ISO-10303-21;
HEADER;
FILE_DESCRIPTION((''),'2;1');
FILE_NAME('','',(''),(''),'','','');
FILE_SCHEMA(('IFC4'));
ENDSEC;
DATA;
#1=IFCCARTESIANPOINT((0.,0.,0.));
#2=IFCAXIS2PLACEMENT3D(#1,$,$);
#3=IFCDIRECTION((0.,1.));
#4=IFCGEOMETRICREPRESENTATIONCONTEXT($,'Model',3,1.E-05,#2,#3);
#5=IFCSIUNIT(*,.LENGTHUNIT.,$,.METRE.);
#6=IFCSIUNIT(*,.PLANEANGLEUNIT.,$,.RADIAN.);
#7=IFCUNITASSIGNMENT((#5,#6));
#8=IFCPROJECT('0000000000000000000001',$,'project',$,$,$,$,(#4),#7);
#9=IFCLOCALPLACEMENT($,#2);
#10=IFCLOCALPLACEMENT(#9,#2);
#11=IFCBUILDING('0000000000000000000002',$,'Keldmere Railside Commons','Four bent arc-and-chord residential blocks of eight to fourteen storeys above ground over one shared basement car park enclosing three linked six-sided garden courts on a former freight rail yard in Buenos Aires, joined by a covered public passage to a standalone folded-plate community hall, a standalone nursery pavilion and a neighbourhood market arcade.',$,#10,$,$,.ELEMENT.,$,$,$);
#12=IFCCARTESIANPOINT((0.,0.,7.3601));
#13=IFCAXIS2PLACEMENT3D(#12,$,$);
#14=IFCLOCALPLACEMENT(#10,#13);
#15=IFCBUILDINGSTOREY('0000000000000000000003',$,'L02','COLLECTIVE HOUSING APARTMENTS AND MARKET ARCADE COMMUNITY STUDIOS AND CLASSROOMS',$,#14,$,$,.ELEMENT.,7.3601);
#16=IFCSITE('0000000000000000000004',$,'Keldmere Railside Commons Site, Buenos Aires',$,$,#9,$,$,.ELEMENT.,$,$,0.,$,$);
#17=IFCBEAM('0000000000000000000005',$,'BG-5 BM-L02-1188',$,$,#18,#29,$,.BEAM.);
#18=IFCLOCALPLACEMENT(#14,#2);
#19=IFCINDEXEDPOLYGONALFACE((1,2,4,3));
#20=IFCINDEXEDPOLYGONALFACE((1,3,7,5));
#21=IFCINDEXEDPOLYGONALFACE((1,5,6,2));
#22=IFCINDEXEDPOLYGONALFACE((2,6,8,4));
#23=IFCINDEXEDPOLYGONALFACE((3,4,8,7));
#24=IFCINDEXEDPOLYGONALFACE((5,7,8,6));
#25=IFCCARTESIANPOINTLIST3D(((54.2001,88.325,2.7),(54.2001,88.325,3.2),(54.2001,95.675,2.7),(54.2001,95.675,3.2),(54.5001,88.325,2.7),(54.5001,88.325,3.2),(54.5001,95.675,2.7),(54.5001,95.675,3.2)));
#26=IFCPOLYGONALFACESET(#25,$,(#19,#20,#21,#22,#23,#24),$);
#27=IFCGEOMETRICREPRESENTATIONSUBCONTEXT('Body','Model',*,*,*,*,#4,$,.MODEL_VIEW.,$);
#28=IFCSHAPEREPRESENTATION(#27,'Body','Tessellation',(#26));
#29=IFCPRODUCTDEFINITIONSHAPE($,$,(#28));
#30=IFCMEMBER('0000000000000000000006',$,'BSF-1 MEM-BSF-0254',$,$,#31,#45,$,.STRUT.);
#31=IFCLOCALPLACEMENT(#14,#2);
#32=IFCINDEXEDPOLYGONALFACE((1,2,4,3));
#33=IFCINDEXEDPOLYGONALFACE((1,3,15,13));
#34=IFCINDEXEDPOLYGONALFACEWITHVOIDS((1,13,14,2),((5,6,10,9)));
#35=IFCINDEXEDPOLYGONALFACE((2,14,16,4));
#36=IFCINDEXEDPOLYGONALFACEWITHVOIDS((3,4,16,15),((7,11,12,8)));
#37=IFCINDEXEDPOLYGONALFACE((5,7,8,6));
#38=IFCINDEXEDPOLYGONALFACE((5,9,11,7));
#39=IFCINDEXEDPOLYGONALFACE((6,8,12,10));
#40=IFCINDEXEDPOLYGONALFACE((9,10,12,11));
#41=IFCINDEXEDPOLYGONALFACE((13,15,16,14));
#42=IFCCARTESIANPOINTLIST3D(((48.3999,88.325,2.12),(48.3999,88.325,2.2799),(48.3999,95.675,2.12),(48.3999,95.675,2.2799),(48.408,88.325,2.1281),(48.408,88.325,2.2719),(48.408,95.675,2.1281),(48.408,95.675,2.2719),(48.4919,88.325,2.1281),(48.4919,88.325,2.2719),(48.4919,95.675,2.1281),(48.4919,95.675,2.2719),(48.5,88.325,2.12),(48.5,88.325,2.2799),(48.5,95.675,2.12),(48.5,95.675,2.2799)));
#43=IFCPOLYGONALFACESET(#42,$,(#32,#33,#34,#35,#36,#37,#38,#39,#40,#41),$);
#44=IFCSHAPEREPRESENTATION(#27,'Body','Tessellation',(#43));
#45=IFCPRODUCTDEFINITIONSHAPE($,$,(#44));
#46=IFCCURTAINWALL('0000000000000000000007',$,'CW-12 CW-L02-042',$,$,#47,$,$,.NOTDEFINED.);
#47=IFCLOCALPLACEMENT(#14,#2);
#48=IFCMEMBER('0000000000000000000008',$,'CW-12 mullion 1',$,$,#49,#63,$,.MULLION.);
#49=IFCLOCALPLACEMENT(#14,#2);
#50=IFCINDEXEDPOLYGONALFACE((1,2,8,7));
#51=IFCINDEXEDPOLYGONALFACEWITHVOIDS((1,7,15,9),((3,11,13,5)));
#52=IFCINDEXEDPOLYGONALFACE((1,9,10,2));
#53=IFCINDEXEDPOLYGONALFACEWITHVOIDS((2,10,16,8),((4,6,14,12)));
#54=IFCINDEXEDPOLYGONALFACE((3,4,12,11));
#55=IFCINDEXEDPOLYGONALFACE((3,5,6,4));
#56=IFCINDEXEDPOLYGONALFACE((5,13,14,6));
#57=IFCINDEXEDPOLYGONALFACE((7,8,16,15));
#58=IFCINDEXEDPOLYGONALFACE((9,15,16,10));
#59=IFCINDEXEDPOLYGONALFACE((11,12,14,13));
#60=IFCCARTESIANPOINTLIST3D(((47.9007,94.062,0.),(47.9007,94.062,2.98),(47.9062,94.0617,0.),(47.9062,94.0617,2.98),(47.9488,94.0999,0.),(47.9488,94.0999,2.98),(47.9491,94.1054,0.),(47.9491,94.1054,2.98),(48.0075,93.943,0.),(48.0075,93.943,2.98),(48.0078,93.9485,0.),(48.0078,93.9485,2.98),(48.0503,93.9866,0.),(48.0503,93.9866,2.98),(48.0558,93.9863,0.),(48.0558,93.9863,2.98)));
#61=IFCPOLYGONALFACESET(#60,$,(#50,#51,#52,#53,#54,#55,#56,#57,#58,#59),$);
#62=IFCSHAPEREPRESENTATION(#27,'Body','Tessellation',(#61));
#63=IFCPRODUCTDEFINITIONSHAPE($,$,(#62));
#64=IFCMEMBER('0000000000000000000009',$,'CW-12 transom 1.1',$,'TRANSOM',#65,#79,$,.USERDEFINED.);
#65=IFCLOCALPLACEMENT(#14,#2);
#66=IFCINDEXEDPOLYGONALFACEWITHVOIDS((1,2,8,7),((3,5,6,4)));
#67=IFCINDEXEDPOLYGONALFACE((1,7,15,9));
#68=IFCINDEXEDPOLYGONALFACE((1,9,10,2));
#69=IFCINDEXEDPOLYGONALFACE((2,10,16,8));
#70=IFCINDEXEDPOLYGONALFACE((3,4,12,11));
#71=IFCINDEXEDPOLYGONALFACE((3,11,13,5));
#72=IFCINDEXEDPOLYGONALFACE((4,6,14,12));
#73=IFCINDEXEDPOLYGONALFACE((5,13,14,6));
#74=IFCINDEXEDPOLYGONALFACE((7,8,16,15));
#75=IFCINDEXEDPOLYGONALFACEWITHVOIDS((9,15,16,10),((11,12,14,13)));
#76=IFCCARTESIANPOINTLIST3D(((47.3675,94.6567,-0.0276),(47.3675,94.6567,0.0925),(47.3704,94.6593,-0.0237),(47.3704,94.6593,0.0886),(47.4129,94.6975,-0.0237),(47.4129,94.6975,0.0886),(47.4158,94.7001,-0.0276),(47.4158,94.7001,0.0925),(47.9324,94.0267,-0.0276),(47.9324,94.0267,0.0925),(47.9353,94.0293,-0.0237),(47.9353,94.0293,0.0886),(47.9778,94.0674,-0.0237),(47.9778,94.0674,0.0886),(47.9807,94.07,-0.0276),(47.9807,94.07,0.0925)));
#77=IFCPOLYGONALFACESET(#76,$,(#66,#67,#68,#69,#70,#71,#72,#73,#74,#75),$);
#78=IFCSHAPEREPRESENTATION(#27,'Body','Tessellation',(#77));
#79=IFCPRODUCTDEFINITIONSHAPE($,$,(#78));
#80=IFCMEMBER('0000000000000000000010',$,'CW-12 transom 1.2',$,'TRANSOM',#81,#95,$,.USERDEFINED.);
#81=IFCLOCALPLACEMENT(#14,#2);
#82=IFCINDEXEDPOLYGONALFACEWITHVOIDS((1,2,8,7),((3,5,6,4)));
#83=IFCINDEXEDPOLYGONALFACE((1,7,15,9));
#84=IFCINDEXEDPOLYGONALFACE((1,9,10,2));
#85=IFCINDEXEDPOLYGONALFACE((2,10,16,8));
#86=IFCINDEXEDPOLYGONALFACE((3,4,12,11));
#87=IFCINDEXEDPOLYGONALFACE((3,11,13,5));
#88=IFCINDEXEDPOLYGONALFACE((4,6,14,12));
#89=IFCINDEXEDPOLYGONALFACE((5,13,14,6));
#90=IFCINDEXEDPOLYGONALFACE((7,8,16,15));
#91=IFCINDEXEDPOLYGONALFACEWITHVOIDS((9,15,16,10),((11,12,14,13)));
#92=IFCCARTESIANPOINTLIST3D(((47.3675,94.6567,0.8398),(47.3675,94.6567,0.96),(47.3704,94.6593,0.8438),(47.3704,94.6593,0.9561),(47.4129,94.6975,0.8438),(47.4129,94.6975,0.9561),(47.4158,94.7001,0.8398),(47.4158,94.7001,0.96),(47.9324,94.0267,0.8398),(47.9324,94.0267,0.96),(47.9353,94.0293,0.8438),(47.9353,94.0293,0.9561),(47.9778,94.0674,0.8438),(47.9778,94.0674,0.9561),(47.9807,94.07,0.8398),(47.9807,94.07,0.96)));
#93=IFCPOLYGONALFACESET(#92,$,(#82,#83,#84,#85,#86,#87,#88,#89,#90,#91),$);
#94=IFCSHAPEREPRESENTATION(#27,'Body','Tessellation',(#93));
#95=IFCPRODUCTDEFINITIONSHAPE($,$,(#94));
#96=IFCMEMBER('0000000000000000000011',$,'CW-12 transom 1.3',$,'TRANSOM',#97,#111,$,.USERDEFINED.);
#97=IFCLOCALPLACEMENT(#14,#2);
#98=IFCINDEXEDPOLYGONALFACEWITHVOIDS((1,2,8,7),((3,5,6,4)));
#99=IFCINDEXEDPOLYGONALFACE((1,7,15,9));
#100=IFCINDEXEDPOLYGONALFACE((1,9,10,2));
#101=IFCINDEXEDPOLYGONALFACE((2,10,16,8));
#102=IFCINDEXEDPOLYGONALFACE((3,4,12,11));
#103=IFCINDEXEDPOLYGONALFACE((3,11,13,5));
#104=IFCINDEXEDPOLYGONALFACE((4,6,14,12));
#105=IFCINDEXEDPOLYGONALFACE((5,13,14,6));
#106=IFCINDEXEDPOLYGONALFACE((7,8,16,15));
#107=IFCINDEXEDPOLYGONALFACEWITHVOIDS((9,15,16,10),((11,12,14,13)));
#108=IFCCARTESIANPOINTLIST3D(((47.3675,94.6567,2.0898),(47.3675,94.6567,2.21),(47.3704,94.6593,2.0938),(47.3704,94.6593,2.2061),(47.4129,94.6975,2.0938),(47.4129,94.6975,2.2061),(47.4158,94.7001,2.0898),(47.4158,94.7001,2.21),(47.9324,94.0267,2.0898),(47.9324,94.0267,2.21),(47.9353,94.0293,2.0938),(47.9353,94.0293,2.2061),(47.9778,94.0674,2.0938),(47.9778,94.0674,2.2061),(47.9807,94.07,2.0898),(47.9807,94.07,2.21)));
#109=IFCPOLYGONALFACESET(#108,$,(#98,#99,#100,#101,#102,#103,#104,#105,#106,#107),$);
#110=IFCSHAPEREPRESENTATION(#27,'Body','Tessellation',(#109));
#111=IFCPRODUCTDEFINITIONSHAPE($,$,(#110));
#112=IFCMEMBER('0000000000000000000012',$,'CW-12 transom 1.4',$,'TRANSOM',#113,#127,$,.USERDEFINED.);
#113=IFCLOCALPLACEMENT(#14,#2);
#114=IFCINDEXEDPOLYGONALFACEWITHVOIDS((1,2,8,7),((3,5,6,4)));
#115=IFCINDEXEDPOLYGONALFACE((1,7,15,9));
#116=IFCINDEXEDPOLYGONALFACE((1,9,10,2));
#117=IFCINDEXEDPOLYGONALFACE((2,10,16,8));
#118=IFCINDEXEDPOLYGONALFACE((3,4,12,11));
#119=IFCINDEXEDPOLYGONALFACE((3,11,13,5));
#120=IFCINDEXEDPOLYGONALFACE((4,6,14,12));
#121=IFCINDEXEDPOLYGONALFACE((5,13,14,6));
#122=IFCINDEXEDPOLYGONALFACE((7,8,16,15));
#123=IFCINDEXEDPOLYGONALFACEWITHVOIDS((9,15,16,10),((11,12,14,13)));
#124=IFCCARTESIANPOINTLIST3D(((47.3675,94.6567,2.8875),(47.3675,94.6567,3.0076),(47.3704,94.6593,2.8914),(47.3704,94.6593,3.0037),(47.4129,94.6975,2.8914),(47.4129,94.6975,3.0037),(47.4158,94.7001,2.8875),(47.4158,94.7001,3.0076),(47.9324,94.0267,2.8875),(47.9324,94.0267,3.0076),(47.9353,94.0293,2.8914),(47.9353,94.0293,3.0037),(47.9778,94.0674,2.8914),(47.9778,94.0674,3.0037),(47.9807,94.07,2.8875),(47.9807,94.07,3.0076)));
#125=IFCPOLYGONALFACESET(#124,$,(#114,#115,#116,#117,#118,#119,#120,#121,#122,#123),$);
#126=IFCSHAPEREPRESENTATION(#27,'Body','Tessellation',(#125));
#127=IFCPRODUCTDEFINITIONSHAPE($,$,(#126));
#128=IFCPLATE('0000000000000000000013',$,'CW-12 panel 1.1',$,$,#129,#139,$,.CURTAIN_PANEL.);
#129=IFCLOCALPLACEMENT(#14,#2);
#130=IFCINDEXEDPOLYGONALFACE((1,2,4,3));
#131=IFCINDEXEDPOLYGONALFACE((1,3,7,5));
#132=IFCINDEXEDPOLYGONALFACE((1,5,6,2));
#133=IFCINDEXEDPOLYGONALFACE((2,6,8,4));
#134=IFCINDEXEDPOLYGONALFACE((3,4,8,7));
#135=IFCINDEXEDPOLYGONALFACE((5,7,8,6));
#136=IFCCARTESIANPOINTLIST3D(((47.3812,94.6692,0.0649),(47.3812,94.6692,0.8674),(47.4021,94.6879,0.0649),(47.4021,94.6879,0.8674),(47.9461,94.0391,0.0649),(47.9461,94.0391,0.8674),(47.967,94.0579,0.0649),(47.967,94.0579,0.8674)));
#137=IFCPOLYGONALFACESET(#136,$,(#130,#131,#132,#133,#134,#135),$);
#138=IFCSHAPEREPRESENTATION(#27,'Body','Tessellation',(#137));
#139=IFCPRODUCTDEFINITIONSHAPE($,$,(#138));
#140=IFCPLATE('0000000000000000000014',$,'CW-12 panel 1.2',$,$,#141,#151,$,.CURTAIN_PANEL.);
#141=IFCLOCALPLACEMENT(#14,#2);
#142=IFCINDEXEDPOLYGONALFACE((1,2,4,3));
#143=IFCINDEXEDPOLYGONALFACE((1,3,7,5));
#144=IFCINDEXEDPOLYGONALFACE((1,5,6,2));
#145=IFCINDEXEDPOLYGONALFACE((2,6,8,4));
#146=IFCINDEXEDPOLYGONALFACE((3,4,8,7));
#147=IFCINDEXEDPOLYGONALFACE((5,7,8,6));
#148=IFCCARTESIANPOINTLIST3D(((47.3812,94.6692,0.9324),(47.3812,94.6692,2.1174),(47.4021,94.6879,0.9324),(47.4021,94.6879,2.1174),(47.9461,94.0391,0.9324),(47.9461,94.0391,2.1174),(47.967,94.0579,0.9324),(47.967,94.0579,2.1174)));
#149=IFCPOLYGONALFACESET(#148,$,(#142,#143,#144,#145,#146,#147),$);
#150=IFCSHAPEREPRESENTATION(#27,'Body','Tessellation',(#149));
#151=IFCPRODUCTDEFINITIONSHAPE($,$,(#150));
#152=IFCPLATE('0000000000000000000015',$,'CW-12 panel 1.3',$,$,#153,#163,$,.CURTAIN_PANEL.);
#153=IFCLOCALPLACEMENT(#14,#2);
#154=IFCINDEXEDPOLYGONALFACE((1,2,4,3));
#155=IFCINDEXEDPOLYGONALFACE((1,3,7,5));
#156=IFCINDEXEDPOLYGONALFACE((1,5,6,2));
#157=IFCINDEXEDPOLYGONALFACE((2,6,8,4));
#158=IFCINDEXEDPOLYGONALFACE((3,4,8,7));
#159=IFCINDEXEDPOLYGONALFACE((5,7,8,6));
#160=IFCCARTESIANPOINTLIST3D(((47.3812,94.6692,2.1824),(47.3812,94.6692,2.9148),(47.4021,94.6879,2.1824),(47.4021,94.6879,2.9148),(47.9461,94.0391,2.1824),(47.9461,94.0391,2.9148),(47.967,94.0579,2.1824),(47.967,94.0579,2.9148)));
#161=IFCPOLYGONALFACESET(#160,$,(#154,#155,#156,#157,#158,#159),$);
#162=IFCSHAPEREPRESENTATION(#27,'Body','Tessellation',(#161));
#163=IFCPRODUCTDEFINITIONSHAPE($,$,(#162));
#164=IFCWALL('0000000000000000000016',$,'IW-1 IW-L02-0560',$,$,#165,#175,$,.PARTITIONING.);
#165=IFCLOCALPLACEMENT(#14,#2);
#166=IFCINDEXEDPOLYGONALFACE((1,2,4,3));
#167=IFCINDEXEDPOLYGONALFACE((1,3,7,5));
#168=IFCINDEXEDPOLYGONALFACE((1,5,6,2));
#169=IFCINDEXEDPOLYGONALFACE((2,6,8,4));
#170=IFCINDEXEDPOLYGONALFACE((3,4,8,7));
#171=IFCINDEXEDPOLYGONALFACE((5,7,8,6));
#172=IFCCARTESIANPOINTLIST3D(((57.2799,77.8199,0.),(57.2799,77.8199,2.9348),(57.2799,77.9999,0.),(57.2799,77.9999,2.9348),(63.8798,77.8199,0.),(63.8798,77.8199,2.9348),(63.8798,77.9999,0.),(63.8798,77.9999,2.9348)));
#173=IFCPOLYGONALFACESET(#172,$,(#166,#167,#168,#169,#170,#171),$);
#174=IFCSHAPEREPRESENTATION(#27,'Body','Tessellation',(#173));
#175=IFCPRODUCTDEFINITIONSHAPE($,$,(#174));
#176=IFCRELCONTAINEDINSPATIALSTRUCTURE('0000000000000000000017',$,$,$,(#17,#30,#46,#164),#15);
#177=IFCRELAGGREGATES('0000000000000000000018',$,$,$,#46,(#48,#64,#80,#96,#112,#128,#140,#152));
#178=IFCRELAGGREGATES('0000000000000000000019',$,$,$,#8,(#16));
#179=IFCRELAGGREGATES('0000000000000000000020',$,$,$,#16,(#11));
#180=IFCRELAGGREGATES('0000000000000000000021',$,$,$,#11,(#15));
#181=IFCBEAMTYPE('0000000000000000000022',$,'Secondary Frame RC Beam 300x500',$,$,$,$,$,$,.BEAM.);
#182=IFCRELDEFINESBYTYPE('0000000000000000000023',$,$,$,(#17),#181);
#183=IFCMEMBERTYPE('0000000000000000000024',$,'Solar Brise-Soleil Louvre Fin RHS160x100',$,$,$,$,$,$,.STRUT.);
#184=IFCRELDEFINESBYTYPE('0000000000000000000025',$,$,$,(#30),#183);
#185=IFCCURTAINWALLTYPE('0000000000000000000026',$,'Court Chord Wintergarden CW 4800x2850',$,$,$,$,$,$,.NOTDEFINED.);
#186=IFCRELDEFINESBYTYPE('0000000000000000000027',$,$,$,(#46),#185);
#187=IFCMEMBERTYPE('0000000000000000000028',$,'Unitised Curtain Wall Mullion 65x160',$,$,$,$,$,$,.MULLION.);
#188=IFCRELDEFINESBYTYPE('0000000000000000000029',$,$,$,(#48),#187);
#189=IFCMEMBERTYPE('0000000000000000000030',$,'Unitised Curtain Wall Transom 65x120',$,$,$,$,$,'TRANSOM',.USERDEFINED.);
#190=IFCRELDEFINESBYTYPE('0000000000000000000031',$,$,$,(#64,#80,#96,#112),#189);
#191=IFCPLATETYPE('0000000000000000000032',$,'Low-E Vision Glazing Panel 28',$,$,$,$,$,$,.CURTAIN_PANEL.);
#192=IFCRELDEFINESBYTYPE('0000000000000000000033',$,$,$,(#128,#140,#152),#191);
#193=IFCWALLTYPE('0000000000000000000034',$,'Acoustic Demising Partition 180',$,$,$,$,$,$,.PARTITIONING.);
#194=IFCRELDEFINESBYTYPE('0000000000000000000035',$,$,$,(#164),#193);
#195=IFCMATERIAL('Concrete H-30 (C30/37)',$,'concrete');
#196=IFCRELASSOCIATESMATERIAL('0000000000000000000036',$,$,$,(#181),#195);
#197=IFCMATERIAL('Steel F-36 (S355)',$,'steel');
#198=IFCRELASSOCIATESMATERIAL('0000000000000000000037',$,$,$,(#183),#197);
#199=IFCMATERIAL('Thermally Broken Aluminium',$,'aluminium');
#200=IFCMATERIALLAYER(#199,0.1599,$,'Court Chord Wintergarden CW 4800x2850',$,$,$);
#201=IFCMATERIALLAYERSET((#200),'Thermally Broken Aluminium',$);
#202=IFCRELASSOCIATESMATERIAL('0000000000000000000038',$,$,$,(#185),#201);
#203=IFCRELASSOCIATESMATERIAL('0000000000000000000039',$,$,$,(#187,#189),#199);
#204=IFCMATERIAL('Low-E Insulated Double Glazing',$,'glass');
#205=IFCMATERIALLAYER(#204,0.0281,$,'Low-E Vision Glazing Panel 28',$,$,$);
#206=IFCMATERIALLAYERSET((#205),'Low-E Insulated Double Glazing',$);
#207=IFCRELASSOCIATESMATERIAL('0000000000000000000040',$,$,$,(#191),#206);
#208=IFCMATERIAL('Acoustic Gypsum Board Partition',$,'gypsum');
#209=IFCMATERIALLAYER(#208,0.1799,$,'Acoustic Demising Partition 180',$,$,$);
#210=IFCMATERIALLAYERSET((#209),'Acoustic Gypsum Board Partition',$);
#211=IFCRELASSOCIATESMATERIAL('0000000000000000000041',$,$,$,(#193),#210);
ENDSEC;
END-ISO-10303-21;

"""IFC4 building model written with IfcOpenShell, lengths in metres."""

from ifc_helpers import new_model, si_unit, direction, frame, frame_2d, origin, origin_2d, place, context, subcontext, project, spatial, rectangle, hollow_rectangle, extrude, material, layer, layer_set, material_profile, profile_set, type_object, element, aggregate, save


model = new_model("IFC4")

# Units and contexts
model_context = context("Model", 3, precision=1e-05, world=origin(), true_north=direction((0.0, 1.0)))
body_context = subcontext(model_context, "Body", "Model", "MODEL_VIEW")
ifc_project = project(units=[si_unit("LENGTHUNIT", "METRE"), si_unit("PLANEANGLEUNIT", "RADIAN")], contexts=[model_context])

# Site, building, storey
site_placement = place(None, origin())
site = spatial("IfcSite", under=ifc_project, at=site_placement, Name="Keldmere Railside Commons Site, Buenos Aires", CompositionType="ELEMENT", RefElevation=0.0)
building_placement = place(site_placement, origin())
building = spatial("IfcBuilding", under=site, at=building_placement, Name="Keldmere Railside Commons", Description="Four bent arc-and-chord residential blocks of eight to fourteen storeys above ground over one shared basement car park enclosing three linked six-sided garden courts on a former freight rail yard in Buenos Aires, joined by a covered public passage to a standalone folded-plate community hall, a standalone nursery pavilion and a neighbourhood market arcade.", CompositionType="ELEMENT")
storey_placement = place(building_placement, frame((0.0, 0.0, 7.3601)))
storey = spatial("IfcBuildingStorey", under=building, at=storey_placement, Name="L02", Description="COLLECTIVE HOUSING APARTMENTS AND MARKET ARCADE COMMUNITY STUDIOS AND CLASSROOMS", CompositionType="ELEMENT", Elevation=7.3601)

# Shared definitions
ifc_material_1 = material(Name="Steel F-36 (S355)", Category="steel")

# Beam
ifc_material_2 = material(Name="Concrete H-30 (C30/37)", Category="concrete")
ifc_material_profile_1 = material_profile(ifc_material_2, rectangle(XDim=0.3, YDim=0.5, at=origin_2d()), Name="RC-300x500")
ifc_profile_set_1 = profile_set([ifc_material_profile_1], Name="Concrete H-30 (C30/37)")
beam_type_1 = type_object("IfcBeamType", Name="Secondary Frame RC Beam 300x500", PredefinedType="BEAM", material=ifc_profile_set_1)
for number, where, z_axis, x_axis, name in (
    (1, (54.3501, 88.325, 2.95), (0.0, 1.0, 0.0), (-1.0, 0.0, 0.0), "BG-5 BM-L02-1188"),
):
    element("IfcBeam", number, at=place(storey_placement, frame(where, z_axis=z_axis, x_axis=x_axis)), inside=storey, type_object=beam_type_1, Name=name, PredefinedType="BEAM", context=body_context, shape_type="SweptSolid", body=[
        extrude(rectangle(XDim=0.3, YDim=0.5, at=origin_2d()), origin(), (0.0, 0.0, 1.0), 7.3501),
    ])

# Member
ifc_material_profile_2 = material_profile(ifc_material_1, hollow_rectangle(XDim=0.1001, YDim=0.1599, WallThickness=0.0081, at=origin_2d()), Name="RHS-160x100x8")
ifc_profile_set_2 = profile_set([ifc_material_profile_2], Name="Steel F-36 (S355)")
member_type_1 = type_object("IfcMemberType", Name="Solar Brise-Soleil Louvre Fin RHS160x100", PredefinedType="STRUT", material=ifc_profile_set_2)
member_1_placement = place(storey_placement, frame((48.45, 88.325, 2.2), z_axis=(0.0, 1.0, 0.0), x_axis=(-1.0, 0.0, 0.0)))
element("IfcMember", 2, at=member_1_placement, inside=storey, type_object=member_type_1, Name="BSF-1 MEM-BSF-0254", PredefinedType="STRUT", context=body_context, shape_type="SweptSolid", body=[
    extrude(hollow_rectangle(XDim=0.1001, YDim=0.1599, WallThickness=0.0081, at=origin_2d()), origin(), (0.0, 0.0, 1.0), 7.3501),
])

# Curtain wall, members, plates
ifc_material_3 = material(Name="Thermally Broken Aluminium", Category="aluminium")
ifc_layer_1 = layer(ifc_material_3, 0.1599, Name="Court Chord Wintergarden CW 4800x2850")
ifc_layer_set_1 = layer_set([ifc_layer_1], Name="Thermally Broken Aluminium")
curtain_wall_type = type_object("IfcCurtainWallType", Name="Court Chord Wintergarden CW 4800x2850", PredefinedType="NOTDEFINED", material=ifc_layer_set_1)
curtain_wall_placement = place(storey_placement, origin())
curtain_wall = element("IfcCurtainWall", 3, at=curtain_wall_placement, inside=storey, type_object=curtain_wall_type, Name="CW-12 CW-L02-042", PredefinedType="NOTDEFINED")
ifc_material_profile_3 = material_profile(ifc_material_3, hollow_rectangle(XDim=0.0649, YDim=0.1599, WallThickness=0.0039, at=origin_2d()), Name="ALU-MULL-65x160")
ifc_profile_set_3 = profile_set([ifc_material_profile_3], Name="Thermally Broken Aluminium")
member_type_2 = type_object("IfcMemberType", Name="Unitised Curtain Wall Mullion 65x160", PredefinedType="MULLION", material=ifc_profile_set_3)
member_2_placement = place(storey_placement, frame((47.9783, 94.0242, 0.0), z_axis=(0.0, 0.0, 1.0), x_axis=(-0.744557, -0.667559, 0.0)))
member_2 = element("IfcMember", 4, at=member_2_placement, type_object=member_type_2, Name="CW-12 mullion 1", PredefinedType="MULLION", context=body_context, shape_type="SweptSolid", body=[
    extrude(hollow_rectangle(XDim=0.0649, YDim=0.1599, WallThickness=0.0039, at=origin_2d()), origin(), (0.0, 0.0, 1.0), 2.98),
])
ifc_material_profile_4 = material_profile(ifc_material_3, hollow_rectangle(XDim=0.0649, YDim=0.1201, WallThickness=0.0039, at=origin_2d()), Name="ALU-TRAN-65x120")
ifc_profile_set_4 = profile_set([ifc_material_profile_4], Name="Thermally Broken Aluminium")
member_type_3 = type_object("IfcMemberType", Name="Unitised Curtain Wall Transom 65x120", ElementType="TRANSOM", PredefinedType="USERDEFINED", material=ifc_profile_set_4)
member_3_placement = place(storey_placement, frame((47.9565, 94.0483, 0.0325), z_axis=(-0.667545, 0.744569, 0.0), x_axis=(-0.744569, -0.667545, 0.0)))
member_3 = element("IfcMember", 5, at=member_3_placement, type_object=member_type_3, Name="CW-12 transom 1.1", ObjectType="TRANSOM", PredefinedType="USERDEFINED", context=body_context, shape_type="SweptSolid", body=[
    extrude(hollow_rectangle(XDim=0.0649, YDim=0.1201, WallThickness=0.0039, at=origin_2d()), origin(), (0.0, 0.0, 1.0), 0.8462),
])
member_4_placement = place(storey_placement, frame((47.9565, 94.0483, 0.8999), z_axis=(-0.667545, 0.744569, 0.0), x_axis=(-0.744569, -0.667545, 0.0)))
member_4 = element("IfcMember", 6, at=member_4_placement, type_object=member_type_3, Name="CW-12 transom 1.2", ObjectType="TRANSOM", PredefinedType="USERDEFINED", context=body_context, shape_type="SweptSolid", body=[
    extrude(hollow_rectangle(XDim=0.0649, YDim=0.1201, WallThickness=0.0039, at=origin_2d()), origin(), (0.0, 0.0, 1.0), 0.8462),
])
member_5_placement = place(storey_placement, frame((47.9565, 94.0483, 2.1499), z_axis=(-0.667545, 0.744569, 0.0), x_axis=(-0.744569, -0.667545, 0.0)))
member_5 = element("IfcMember", 7, at=member_5_placement, type_object=member_type_3, Name="CW-12 transom 1.3", ObjectType="TRANSOM", PredefinedType="USERDEFINED", context=body_context, shape_type="SweptSolid", body=[
    extrude(hollow_rectangle(XDim=0.0649, YDim=0.1201, WallThickness=0.0039, at=origin_2d()), origin(), (0.0, 0.0, 1.0), 0.8462),
])
member_6_placement = place(storey_placement, frame((47.9565, 94.0483, 2.9475), z_axis=(-0.667545, 0.744569, 0.0), x_axis=(-0.744569, -0.667545, 0.0)))
member_6 = element("IfcMember", 8, at=member_6_placement, type_object=member_type_3, Name="CW-12 transom 1.4", ObjectType="TRANSOM", PredefinedType="USERDEFINED", context=body_context, shape_type="SweptSolid", body=[
    extrude(hollow_rectangle(XDim=0.0649, YDim=0.1201, WallThickness=0.0039, at=origin_2d()), origin(), (0.0, 0.0, 1.0), 0.8462),
])
ifc_material_4 = material(Name="Low-E Insulated Double Glazing", Category="glass")
ifc_layer_2 = layer(ifc_material_4, 0.0281, Name="Low-E Vision Glazing Panel 28")
ifc_layer_set_2 = layer_set([ifc_layer_2], Name="Low-E Insulated Double Glazing")
plate_type = type_object("IfcPlateType", Name="Low-E Vision Glazing Panel 28", PredefinedType="CURTAIN_PANEL", material=ifc_layer_set_2)
plate_1_placement = place(storey_placement, frame((47.6741, 94.3635, 0.0649), z_axis=(0.0, 0.0, 1.0), x_axis=(-0.667559, 0.744557, 0.0)))
plate_1 = element("IfcPlate", 9, at=plate_1_placement, type_object=plate_type, Name="CW-12 panel 1.1", PredefinedType="CURTAIN_PANEL", context=body_context, shape_type="SweptSolid", body=[
    extrude(rectangle(XDim=0.8462, YDim=0.0281, at=origin_2d()), origin(), (0.0, 0.0, 1.0), 0.8025),
])
plate_2_placement = place(storey_placement, frame((47.6741, 94.3635, 0.9324), z_axis=(0.0, 0.0, 1.0), x_axis=(-0.667559, 0.744557, 0.0)))
plate_2 = element("IfcPlate", 10, at=plate_2_placement, type_object=plate_type, Name="CW-12 panel 1.2", PredefinedType="CURTAIN_PANEL", context=body_context, shape_type="SweptSolid", body=[
    extrude(rectangle(XDim=0.8462, YDim=0.0281, at=origin_2d()), origin(), (0.0, 0.0, 1.0), 1.1851),
])
plate_3_placement = place(storey_placement, frame((47.6741, 94.3635, 2.1824), z_axis=(0.0, 0.0, 1.0), x_axis=(-0.667559, 0.744557, 0.0)))
plate_3 = element("IfcPlate", 11, at=plate_3_placement, type_object=plate_type, Name="CW-12 panel 1.3", PredefinedType="CURTAIN_PANEL", context=body_context, shape_type="SweptSolid", body=[
    extrude(rectangle(XDim=0.8462, YDim=0.0281, at=origin_2d()), origin(), (0.0, 0.0, 1.0), 0.7324),
])
aggregate(curtain_wall, [member_2, member_3, member_4, member_5, member_6, plate_1, plate_2, plate_3])

# Wall
ifc_material_5 = material(Name="Acoustic Gypsum Board Partition", Category="gypsum")
ifc_layer_3 = layer(ifc_material_5, 0.1799, Name="Acoustic Demising Partition 180")
ifc_layer_set_3 = layer_set([ifc_layer_3], Name="Acoustic Gypsum Board Partition")
wall_type_1 = type_object("IfcWallType", Name="Acoustic Demising Partition 180", PredefinedType="PARTITIONING", material=ifc_layer_set_3)
wall_1_placement = place(storey_placement, frame((57.28, 77.9099, 0.0), z_axis=(0.0, 0.0, 1.0), x_axis=(1.0, 0.0, 0.0)))
element("IfcWall", 12, at=wall_1_placement, inside=storey, type_object=wall_type_1, Name="IW-1 IW-L02-0560", PredefinedType="PARTITIONING", context=body_context, shape_type="SweptSolid", body=[
    extrude(rectangle(XDim=6.5999, YDim=0.1799, at=frame_2d((3.2998, 0.0))), origin(), (0.0, 0.0, 1.0), 2.9348),
])

save(model, "model.ifc")
